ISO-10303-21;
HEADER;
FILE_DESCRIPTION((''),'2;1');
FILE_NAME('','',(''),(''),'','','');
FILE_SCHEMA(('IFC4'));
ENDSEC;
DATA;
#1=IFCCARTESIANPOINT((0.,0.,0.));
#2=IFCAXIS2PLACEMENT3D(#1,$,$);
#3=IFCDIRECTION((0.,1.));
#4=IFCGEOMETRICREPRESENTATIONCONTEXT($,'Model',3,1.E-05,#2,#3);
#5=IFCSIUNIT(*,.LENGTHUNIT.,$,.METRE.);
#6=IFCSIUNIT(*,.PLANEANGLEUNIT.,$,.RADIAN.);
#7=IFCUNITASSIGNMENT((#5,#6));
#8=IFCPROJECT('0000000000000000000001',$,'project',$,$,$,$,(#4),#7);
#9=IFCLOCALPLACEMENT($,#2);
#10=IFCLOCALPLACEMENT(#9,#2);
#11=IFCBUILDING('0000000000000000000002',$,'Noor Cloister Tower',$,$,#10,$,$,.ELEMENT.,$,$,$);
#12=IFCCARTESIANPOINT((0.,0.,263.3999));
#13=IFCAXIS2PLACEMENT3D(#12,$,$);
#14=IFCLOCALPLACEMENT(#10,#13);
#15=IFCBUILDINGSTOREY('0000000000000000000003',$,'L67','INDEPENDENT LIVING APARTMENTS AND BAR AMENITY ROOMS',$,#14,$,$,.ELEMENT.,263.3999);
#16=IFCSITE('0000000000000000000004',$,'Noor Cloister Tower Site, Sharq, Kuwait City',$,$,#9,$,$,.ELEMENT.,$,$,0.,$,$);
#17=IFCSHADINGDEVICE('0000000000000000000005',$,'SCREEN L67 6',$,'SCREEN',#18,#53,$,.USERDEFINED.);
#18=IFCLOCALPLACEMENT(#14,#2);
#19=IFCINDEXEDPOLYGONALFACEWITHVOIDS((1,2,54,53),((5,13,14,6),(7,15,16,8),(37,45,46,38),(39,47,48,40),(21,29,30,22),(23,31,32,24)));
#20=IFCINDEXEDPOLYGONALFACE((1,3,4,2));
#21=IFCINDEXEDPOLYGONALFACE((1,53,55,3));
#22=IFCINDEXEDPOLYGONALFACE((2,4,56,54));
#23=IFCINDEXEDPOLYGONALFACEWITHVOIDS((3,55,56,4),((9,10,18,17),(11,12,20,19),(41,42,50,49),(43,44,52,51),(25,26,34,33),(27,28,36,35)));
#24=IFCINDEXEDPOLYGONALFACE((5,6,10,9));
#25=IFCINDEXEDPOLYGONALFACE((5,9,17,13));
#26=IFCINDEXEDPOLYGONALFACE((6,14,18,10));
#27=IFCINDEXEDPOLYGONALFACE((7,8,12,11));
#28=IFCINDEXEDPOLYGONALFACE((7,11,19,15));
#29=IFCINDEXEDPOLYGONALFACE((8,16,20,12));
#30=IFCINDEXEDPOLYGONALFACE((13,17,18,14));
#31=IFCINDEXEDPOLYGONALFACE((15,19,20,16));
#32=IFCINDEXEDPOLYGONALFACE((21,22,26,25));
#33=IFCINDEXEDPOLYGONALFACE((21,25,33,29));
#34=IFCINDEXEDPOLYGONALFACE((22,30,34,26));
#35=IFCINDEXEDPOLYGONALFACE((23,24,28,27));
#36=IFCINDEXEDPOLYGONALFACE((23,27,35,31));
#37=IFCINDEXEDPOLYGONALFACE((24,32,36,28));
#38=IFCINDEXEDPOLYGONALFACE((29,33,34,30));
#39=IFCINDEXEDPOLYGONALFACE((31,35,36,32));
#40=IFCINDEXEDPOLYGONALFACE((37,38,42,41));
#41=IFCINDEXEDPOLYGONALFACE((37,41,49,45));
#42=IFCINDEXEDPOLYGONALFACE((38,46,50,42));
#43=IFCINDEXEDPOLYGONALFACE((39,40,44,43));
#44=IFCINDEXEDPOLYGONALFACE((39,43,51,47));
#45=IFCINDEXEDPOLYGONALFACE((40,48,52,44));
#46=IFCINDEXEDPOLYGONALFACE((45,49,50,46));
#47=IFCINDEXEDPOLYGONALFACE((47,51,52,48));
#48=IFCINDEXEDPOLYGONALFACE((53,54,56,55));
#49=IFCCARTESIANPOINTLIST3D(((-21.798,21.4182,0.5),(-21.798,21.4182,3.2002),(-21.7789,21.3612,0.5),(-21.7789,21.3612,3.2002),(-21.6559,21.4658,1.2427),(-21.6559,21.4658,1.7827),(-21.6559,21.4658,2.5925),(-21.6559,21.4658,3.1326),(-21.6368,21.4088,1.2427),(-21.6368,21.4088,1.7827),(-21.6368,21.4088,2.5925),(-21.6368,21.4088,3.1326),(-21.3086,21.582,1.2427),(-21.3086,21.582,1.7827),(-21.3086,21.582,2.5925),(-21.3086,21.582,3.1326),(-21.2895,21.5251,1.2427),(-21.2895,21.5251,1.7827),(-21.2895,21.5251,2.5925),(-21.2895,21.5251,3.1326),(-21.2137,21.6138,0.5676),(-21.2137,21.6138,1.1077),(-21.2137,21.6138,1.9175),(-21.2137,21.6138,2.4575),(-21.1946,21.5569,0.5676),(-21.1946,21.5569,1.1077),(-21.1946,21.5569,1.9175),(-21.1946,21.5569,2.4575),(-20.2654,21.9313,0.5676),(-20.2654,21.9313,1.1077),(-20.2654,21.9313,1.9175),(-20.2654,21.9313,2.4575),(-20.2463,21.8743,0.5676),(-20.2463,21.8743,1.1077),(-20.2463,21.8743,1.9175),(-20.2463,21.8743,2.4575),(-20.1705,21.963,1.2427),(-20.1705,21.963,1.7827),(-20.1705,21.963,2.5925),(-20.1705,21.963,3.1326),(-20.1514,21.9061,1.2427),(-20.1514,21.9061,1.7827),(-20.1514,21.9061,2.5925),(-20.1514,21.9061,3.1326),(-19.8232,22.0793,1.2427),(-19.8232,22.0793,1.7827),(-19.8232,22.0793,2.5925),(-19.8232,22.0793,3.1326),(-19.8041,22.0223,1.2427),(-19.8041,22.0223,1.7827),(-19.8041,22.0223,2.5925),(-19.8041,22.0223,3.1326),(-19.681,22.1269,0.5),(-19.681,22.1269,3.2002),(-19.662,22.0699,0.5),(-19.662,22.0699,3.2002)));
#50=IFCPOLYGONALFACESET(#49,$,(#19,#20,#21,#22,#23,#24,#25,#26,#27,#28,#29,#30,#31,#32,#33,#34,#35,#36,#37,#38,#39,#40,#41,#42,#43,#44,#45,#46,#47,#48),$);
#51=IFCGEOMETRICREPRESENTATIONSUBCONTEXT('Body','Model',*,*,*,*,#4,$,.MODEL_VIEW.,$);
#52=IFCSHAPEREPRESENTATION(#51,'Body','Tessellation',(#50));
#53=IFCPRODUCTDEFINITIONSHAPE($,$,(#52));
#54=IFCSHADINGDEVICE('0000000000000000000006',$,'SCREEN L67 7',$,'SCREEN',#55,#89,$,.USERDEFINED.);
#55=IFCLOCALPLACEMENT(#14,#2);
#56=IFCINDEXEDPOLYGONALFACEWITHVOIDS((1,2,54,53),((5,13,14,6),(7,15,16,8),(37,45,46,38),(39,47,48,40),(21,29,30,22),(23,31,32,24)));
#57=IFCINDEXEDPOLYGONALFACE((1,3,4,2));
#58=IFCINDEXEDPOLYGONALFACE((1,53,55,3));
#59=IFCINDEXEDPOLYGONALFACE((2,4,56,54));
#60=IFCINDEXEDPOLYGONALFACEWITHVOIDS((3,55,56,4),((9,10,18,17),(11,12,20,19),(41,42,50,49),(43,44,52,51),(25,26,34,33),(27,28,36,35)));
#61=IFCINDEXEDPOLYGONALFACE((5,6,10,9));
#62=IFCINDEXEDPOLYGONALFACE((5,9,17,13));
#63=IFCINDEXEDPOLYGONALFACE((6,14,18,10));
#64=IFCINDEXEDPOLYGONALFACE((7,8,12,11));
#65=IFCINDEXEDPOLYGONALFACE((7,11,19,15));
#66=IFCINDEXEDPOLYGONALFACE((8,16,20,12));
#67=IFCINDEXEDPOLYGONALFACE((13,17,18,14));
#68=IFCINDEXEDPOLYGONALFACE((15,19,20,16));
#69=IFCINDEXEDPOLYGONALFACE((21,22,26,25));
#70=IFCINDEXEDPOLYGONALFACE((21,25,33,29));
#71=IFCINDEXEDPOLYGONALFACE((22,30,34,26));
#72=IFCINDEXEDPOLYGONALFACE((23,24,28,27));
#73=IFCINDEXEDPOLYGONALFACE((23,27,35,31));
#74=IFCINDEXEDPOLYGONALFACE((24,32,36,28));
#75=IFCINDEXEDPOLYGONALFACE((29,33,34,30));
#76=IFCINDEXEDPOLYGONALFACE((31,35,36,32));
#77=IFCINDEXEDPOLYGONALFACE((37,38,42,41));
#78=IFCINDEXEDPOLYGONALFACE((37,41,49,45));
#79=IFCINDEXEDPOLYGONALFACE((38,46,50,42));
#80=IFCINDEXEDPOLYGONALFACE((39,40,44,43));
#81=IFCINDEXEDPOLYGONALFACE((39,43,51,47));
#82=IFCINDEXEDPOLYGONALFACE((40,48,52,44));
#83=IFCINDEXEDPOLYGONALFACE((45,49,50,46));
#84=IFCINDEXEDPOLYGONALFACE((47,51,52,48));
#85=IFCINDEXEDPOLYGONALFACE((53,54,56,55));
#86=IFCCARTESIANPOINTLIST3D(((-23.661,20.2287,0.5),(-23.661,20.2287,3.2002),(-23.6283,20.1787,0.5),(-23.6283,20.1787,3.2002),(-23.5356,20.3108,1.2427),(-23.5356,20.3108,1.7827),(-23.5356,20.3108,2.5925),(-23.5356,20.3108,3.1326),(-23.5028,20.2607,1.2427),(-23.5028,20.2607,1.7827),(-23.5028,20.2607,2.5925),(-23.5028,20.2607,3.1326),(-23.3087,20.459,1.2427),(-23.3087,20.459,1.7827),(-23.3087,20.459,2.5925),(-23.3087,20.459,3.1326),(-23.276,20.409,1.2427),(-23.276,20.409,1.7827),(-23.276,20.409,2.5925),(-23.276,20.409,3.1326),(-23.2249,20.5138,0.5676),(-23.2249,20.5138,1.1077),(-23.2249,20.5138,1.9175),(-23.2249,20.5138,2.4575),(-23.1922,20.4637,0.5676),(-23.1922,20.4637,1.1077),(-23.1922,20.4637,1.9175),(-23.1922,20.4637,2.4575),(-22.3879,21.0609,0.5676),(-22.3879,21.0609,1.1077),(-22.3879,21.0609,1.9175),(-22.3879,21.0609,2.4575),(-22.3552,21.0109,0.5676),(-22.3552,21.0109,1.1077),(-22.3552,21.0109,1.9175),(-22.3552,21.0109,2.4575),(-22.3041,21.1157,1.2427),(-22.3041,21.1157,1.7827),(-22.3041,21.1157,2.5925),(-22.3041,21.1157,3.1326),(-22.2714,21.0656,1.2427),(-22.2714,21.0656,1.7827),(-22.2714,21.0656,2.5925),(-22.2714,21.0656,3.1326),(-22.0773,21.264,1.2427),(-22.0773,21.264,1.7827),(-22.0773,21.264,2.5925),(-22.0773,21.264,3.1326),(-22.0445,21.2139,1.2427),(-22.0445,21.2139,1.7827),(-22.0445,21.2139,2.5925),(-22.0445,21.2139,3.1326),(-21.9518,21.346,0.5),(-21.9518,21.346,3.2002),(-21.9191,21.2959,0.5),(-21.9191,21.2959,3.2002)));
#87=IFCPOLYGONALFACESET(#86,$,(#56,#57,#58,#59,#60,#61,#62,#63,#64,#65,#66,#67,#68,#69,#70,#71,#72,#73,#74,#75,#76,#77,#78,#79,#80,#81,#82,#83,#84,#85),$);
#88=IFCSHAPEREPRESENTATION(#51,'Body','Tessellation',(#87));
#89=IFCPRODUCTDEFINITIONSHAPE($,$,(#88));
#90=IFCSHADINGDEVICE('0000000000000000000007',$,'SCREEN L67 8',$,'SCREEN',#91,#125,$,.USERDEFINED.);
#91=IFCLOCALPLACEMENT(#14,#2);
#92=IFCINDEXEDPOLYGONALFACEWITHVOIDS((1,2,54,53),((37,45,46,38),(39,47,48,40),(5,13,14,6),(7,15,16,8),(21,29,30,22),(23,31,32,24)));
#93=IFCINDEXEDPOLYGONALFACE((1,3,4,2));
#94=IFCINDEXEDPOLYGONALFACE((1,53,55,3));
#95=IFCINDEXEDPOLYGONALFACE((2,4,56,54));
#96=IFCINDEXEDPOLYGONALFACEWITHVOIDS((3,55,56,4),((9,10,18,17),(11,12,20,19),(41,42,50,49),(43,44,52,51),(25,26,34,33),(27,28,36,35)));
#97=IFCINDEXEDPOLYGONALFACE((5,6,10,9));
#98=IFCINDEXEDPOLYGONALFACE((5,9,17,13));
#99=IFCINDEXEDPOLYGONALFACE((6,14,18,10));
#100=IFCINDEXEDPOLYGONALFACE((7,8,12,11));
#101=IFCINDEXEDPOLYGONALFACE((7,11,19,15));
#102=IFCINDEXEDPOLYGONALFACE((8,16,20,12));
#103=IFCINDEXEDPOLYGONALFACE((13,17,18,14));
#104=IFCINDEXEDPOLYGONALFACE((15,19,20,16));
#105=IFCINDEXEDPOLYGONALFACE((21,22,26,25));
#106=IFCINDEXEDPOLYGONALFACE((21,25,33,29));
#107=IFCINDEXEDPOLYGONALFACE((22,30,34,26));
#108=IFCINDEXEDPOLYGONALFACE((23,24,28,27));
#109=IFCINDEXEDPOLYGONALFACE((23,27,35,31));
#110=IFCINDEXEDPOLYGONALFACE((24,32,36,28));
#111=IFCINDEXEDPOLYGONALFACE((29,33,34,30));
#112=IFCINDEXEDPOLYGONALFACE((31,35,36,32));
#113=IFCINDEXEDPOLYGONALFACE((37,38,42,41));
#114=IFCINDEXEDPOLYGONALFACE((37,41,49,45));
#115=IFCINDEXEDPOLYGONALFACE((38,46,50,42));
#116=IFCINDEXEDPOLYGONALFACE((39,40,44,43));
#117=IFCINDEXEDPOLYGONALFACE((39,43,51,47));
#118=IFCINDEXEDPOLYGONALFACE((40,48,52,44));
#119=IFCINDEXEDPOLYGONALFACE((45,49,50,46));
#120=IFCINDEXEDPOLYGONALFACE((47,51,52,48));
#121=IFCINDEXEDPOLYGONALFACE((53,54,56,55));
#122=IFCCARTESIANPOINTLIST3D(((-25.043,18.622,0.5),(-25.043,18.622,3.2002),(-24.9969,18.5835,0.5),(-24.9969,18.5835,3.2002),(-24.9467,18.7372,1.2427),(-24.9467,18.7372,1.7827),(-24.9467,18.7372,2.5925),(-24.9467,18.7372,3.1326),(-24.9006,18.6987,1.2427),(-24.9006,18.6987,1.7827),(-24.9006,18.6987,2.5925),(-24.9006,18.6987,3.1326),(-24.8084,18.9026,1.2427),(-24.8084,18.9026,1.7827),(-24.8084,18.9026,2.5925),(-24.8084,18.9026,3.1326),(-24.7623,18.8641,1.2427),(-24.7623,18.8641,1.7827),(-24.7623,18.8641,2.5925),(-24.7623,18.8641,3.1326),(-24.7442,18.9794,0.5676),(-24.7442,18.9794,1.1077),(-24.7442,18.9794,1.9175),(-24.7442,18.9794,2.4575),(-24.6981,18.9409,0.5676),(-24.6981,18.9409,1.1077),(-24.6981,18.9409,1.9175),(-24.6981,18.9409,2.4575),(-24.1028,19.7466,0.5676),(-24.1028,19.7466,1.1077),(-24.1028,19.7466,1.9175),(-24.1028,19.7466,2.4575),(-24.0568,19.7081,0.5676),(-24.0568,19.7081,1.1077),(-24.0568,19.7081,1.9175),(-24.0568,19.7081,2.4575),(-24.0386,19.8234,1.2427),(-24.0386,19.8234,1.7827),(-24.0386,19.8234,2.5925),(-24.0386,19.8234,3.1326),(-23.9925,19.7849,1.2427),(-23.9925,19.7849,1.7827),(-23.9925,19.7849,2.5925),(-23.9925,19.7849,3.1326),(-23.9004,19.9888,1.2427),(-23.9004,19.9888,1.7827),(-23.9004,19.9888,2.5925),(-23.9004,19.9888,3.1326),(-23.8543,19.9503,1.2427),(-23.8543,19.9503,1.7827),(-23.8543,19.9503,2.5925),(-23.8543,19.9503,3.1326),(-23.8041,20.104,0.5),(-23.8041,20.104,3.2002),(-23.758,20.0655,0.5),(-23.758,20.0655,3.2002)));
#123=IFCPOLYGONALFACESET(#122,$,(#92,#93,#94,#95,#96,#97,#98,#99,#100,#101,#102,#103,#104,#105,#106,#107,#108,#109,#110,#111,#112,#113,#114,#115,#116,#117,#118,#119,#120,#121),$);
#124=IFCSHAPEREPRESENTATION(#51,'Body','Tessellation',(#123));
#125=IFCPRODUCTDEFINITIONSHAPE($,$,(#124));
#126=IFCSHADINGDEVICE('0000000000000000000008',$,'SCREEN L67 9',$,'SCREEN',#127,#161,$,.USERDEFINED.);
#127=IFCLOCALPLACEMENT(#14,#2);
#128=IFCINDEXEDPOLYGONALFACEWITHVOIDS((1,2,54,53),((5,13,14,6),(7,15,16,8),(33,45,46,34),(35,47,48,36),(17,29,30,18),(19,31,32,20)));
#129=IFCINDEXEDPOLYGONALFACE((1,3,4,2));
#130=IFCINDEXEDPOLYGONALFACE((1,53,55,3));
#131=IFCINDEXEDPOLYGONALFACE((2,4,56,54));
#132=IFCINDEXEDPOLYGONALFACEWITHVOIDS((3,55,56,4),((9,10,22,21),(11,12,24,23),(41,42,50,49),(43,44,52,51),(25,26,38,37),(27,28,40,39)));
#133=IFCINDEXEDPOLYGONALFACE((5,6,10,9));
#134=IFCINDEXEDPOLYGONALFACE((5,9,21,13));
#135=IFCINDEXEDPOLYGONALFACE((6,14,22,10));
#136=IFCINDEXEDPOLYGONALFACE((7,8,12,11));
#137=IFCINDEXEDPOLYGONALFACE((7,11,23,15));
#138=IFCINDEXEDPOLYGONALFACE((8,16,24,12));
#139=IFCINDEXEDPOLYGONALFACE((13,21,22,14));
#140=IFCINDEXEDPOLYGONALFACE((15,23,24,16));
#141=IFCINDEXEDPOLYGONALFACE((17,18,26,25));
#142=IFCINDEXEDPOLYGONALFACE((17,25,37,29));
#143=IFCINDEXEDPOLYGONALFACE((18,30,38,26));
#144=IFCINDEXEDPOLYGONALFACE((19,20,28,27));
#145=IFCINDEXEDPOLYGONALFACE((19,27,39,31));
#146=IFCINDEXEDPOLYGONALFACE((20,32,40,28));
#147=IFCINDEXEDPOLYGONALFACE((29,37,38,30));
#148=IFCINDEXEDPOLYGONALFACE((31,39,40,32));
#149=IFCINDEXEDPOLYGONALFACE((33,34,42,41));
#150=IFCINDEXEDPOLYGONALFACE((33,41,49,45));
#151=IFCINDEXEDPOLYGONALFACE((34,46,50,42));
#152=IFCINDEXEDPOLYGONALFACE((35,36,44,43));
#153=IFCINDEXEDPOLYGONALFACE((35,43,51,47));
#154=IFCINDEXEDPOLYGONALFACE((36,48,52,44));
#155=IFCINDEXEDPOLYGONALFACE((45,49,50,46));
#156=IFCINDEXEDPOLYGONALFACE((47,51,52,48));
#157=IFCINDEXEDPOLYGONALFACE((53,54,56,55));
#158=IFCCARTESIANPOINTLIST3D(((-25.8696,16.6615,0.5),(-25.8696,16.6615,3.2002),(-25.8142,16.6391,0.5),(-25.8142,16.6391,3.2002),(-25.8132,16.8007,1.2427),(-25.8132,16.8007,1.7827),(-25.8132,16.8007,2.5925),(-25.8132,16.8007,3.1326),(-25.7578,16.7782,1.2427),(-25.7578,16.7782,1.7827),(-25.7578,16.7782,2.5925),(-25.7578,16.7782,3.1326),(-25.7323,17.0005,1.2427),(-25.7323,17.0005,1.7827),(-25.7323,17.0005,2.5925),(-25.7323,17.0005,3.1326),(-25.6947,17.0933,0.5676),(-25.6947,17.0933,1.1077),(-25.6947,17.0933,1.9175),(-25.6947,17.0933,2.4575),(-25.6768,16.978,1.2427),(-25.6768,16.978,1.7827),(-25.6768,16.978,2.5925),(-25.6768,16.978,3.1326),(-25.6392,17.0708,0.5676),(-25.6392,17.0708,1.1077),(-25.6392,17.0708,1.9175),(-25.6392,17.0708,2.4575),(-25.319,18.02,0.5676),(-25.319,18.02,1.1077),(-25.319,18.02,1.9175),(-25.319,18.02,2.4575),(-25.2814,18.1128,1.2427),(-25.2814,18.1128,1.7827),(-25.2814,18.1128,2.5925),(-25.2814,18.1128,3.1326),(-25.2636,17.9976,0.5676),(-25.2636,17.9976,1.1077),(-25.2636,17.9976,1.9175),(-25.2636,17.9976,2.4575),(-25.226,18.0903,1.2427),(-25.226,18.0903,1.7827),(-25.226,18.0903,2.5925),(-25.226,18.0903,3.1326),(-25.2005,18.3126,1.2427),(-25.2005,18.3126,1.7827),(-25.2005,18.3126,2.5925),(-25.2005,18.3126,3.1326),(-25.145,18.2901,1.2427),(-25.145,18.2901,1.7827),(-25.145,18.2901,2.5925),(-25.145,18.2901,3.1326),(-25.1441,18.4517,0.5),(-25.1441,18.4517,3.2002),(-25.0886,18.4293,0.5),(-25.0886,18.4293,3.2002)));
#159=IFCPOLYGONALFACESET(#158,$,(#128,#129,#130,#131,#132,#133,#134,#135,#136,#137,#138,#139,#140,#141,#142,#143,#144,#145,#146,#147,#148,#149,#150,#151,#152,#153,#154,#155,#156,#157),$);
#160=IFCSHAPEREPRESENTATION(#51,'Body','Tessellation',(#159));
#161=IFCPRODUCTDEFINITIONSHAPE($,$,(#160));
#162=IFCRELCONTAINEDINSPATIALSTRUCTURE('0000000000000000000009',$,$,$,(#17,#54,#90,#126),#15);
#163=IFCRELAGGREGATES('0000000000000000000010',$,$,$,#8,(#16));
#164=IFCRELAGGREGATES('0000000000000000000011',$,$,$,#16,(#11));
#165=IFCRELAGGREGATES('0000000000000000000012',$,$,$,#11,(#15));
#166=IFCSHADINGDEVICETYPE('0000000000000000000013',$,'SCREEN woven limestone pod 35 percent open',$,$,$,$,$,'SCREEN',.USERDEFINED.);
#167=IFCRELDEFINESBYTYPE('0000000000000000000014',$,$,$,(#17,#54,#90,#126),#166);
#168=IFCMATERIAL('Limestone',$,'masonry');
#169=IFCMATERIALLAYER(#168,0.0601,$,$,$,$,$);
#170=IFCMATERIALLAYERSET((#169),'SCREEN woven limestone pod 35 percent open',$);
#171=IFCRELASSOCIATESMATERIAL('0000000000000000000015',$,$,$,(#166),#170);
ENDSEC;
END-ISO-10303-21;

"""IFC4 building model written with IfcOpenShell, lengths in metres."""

from ifc_helpers import new_model, si_unit, direction, frame, origin, place, context, subcontext, project, spatial, polyline, outline, extrude, material, layer, layer_set, type_object, element, save


model = new_model("IFC4")

# Units and contexts
model_context = context("Model", 3, precision=1e-05, world=origin(), true_north=direction((0.0, 1.0)))
body_context = subcontext(model_context, "Body", "Model", "MODEL_VIEW")
ifc_project = project(units=[si_unit("LENGTHUNIT", "METRE"), si_unit("PLANEANGLEUNIT", "RADIAN")], contexts=[model_context])

# Site, building, storey
site_placement = place(None, origin())
site = spatial("IfcSite", under=ifc_project, at=site_placement, Name="Noor Cloister Tower Site, Sharq, Kuwait City", CompositionType="ELEMENT", RefElevation=0.0)
building_placement = place(site_placement, origin())
building = spatial("IfcBuilding", under=site, at=building_placement, Name="Noor Cloister Tower", CompositionType="ELEMENT")
storey_placement = place(building_placement, frame((0.0, 0.0, 263.3999)))
storey = spatial("IfcBuildingStorey", under=building, at=storey_placement, Name="L67", Description="INDEPENDENT LIVING APARTMENTS AND BAR AMENITY ROOMS", CompositionType="ELEMENT", Elevation=263.3999)

# Shading devices
ifc_material_1 = material(Name="Limestone", Category="masonry")
ifc_layer_1 = layer(ifc_material_1, 0.0601)
ifc_layer_set_1 = layer_set([ifc_layer_1], Name="SCREEN woven limestone pod 35 percent open")
shading_device_type = type_object("IfcShadingDeviceType", Name="SCREEN woven limestone pod 35 percent open", ElementType="SCREEN", PredefinedType="USERDEFINED", material=ifc_layer_set_1)
shading_device_1_placement = place(storey_placement, frame((-20.7205, 21.7156, 1.8501), z_axis=(-0.317448, 0.948276, 0.0), x_axis=(-0.948276, -0.317448, 0.0)))
element("IfcShadingDevice", 1, at=shading_device_1_placement, inside=storey, type_object=shading_device_type, Name="SCREEN L67 6", ObjectType="SCREEN", PredefinedType="USERDEFINED", context=body_context, shape_type="SweptSolid", body=[
    extrude(outline(polyline([(-1.1162, -1.3501), (1.1162, -1.3501), (1.1162, 1.3501), (-1.1162, 1.3501), (-1.1162, -1.3501)]), holes=[polyline([(-0.5, -1.2825), (0.5, -1.2825), (0.5, -0.7424), (-0.5, -0.7424), (-0.5, -1.2825)]), polyline([(0.6001, -0.6074), (0.9663, -0.6074), (0.9663, -0.0674), (0.6001, -0.0674), (0.6001, -0.6074)]), polyline([(-0.9663, -0.6074), (-0.6001, -0.6074), (-0.6001, -0.0674), (-0.9663, -0.0674), (-0.9663, -0.6074)]), polyline([(-0.5, 0.0674), (0.5, 0.0674), (0.5, 0.6074), (-0.5, 0.6074), (-0.5, 0.0674)]), polyline([(0.6001, 0.7424), (0.9663, 0.7424), (0.9663, 1.2825), (0.6001, 1.2825), (0.6001, 0.7424)]), polyline([(-0.9663, 0.7424), (-0.6001, 0.7424), (-0.6001, 1.2825), (-0.9663, 1.2825), (-0.9663, 0.7424)])]), origin(), (0.0, 0.0, 1.0), 0.0601),
])
shading_device_2_placement = place(storey_placement, frame((-22.7737, 20.7373, 1.8501), z_axis=(-0.547139, 0.837042, 0.0), x_axis=(-0.837042, -0.547139, 0.0)))
element("IfcShadingDevice", 2, at=shading_device_2_placement, inside=storey, type_object=shading_device_type, Name="SCREEN L67 7", ObjectType="SCREEN", PredefinedType="USERDEFINED", context=body_context, shape_type="SweptSolid", body=[
    extrude(outline(polyline([(-1.021, -1.3501), (1.021, -1.3501), (1.021, 1.3501), (-1.021, 1.3501), (-1.021, -1.3501)]), holes=[polyline([(-0.5, -1.2825), (0.5, -1.2825), (0.5, -0.7424), (-0.5, -0.7424), (-0.5, -1.2825)]), polyline([(0.6001, -0.6074), (0.8711, -0.6074), (0.8711, -0.0674), (0.6001, -0.0674), (0.6001, -0.6074)]), polyline([(-0.8711, -0.6074), (-0.6001, -0.6074), (-0.6001, -0.0674), (-0.8711, -0.0674), (-0.8711, -0.6074)]), polyline([(-0.5, 0.0674), (0.5, 0.0674), (0.5, 0.6074), (-0.5, 0.6074), (-0.5, 0.0674)]), polyline([(0.6001, 0.7424), (0.8711, 0.7424), (0.8711, 1.2825), (0.6001, 1.2825), (0.6001, 0.7424)]), polyline([(-0.8711, 0.7424), (-0.6001, 0.7424), (-0.6001, 1.2825), (-0.8711, 1.2825), (-0.8711, 0.7424)])]), origin(), (0.0, 0.0, 1.0), 0.0598),
])
shading_device_3_placement = place(storey_placement, frame((-24.3774, 19.3245, 1.8501), z_axis=(-0.767222, 0.641381, 0.0), x_axis=(-0.641381, -0.767222, 0.0)))
element("IfcShadingDevice", 3, at=shading_device_3_placement, inside=storey, type_object=shading_device_type, Name="SCREEN L67 8", ObjectType="SCREEN", PredefinedType="USERDEFINED", context=body_context, shape_type="SweptSolid", body=[
    extrude(outline(polyline([(-0.9658, -1.3501), (0.9658, -1.3501), (0.9658, 1.3501), (-0.9658, 1.3501), (-0.9658, -1.3501)]), holes=[polyline([(-0.5, -1.2825), (0.5, -1.2825), (0.5, -0.7424), (-0.5, -0.7424), (-0.5, -1.2825)]), polyline([(0.6001, -0.6074), (0.8157, -0.6074), (0.8157, -0.0674), (0.6001, -0.0674), (0.6001, -0.6074)]), polyline([(-0.8157, -0.6074), (-0.6001, -0.6074), (-0.6001, -0.0674), (-0.8157, -0.0674), (-0.8157, -0.6074)]), polyline([(-0.5, 0.0674), (0.5, 0.0674), (0.5, 0.6074), (-0.5, 0.6074), (-0.5, 0.0674)]), polyline([(0.6001, 0.7424), (0.8157, 0.7424), (0.8157, 1.2825), (0.6001, 1.2825), (0.6001, 0.7424)]), polyline([(-0.8157, 0.7424), (-0.6001, 0.7424), (-0.6001, 1.2825), (-0.8157, 1.2825), (-0.8157, 0.7424)])]), origin(), (0.0, 0.0, 1.0), 0.0601),
])
shading_device_4_placement = place(storey_placement, frame((-25.4514, 17.5342, 1.8501), z_axis=(-0.926778, 0.37561, 0.0), x_axis=(-0.37561, -0.926778, 0.0)))
element("IfcShadingDevice", 4, at=shading_device_4_placement, inside=storey, type_object=shading_device_type, Name="SCREEN L67 9", ObjectType="SCREEN", PredefinedType="USERDEFINED", context=body_context, shape_type="SweptSolid", body=[
    extrude(outline(polyline([(-0.9658, -1.3501), (0.9658, -1.3501), (0.9658, 1.3501), (-0.9658, 1.3501), (-0.9658, -1.3501)]), holes=[polyline([(-0.5, -1.2825), (0.5, -1.2825), (0.5, -0.7424), (-0.5, -0.7424), (-0.5, -1.2825)]), polyline([(0.6001, -0.6074), (0.8157, -0.6074), (0.8157, -0.0674), (0.6001, -0.0674), (0.6001, -0.6074)]), polyline([(-0.8157, -0.6074), (-0.6001, -0.6074), (-0.6001, -0.0674), (-0.8157, -0.0674), (-0.8157, -0.6074)]), polyline([(-0.5, 0.0674), (0.5, 0.0674), (0.5, 0.6074), (-0.5, 0.6074), (-0.5, 0.0674)]), polyline([(0.6001, 0.7424), (0.8157, 0.7424), (0.8157, 1.2825), (0.6001, 1.2825), (0.6001, 0.7424)]), polyline([(-0.8157, 0.7424), (-0.6001, 0.7424), (-0.6001, 1.2825), (-0.8157, 1.2825), (-0.8157, 0.7424)])]), origin(), (0.0, 0.0, 1.0), 0.0598),
])

save(model, "model.ifc")
